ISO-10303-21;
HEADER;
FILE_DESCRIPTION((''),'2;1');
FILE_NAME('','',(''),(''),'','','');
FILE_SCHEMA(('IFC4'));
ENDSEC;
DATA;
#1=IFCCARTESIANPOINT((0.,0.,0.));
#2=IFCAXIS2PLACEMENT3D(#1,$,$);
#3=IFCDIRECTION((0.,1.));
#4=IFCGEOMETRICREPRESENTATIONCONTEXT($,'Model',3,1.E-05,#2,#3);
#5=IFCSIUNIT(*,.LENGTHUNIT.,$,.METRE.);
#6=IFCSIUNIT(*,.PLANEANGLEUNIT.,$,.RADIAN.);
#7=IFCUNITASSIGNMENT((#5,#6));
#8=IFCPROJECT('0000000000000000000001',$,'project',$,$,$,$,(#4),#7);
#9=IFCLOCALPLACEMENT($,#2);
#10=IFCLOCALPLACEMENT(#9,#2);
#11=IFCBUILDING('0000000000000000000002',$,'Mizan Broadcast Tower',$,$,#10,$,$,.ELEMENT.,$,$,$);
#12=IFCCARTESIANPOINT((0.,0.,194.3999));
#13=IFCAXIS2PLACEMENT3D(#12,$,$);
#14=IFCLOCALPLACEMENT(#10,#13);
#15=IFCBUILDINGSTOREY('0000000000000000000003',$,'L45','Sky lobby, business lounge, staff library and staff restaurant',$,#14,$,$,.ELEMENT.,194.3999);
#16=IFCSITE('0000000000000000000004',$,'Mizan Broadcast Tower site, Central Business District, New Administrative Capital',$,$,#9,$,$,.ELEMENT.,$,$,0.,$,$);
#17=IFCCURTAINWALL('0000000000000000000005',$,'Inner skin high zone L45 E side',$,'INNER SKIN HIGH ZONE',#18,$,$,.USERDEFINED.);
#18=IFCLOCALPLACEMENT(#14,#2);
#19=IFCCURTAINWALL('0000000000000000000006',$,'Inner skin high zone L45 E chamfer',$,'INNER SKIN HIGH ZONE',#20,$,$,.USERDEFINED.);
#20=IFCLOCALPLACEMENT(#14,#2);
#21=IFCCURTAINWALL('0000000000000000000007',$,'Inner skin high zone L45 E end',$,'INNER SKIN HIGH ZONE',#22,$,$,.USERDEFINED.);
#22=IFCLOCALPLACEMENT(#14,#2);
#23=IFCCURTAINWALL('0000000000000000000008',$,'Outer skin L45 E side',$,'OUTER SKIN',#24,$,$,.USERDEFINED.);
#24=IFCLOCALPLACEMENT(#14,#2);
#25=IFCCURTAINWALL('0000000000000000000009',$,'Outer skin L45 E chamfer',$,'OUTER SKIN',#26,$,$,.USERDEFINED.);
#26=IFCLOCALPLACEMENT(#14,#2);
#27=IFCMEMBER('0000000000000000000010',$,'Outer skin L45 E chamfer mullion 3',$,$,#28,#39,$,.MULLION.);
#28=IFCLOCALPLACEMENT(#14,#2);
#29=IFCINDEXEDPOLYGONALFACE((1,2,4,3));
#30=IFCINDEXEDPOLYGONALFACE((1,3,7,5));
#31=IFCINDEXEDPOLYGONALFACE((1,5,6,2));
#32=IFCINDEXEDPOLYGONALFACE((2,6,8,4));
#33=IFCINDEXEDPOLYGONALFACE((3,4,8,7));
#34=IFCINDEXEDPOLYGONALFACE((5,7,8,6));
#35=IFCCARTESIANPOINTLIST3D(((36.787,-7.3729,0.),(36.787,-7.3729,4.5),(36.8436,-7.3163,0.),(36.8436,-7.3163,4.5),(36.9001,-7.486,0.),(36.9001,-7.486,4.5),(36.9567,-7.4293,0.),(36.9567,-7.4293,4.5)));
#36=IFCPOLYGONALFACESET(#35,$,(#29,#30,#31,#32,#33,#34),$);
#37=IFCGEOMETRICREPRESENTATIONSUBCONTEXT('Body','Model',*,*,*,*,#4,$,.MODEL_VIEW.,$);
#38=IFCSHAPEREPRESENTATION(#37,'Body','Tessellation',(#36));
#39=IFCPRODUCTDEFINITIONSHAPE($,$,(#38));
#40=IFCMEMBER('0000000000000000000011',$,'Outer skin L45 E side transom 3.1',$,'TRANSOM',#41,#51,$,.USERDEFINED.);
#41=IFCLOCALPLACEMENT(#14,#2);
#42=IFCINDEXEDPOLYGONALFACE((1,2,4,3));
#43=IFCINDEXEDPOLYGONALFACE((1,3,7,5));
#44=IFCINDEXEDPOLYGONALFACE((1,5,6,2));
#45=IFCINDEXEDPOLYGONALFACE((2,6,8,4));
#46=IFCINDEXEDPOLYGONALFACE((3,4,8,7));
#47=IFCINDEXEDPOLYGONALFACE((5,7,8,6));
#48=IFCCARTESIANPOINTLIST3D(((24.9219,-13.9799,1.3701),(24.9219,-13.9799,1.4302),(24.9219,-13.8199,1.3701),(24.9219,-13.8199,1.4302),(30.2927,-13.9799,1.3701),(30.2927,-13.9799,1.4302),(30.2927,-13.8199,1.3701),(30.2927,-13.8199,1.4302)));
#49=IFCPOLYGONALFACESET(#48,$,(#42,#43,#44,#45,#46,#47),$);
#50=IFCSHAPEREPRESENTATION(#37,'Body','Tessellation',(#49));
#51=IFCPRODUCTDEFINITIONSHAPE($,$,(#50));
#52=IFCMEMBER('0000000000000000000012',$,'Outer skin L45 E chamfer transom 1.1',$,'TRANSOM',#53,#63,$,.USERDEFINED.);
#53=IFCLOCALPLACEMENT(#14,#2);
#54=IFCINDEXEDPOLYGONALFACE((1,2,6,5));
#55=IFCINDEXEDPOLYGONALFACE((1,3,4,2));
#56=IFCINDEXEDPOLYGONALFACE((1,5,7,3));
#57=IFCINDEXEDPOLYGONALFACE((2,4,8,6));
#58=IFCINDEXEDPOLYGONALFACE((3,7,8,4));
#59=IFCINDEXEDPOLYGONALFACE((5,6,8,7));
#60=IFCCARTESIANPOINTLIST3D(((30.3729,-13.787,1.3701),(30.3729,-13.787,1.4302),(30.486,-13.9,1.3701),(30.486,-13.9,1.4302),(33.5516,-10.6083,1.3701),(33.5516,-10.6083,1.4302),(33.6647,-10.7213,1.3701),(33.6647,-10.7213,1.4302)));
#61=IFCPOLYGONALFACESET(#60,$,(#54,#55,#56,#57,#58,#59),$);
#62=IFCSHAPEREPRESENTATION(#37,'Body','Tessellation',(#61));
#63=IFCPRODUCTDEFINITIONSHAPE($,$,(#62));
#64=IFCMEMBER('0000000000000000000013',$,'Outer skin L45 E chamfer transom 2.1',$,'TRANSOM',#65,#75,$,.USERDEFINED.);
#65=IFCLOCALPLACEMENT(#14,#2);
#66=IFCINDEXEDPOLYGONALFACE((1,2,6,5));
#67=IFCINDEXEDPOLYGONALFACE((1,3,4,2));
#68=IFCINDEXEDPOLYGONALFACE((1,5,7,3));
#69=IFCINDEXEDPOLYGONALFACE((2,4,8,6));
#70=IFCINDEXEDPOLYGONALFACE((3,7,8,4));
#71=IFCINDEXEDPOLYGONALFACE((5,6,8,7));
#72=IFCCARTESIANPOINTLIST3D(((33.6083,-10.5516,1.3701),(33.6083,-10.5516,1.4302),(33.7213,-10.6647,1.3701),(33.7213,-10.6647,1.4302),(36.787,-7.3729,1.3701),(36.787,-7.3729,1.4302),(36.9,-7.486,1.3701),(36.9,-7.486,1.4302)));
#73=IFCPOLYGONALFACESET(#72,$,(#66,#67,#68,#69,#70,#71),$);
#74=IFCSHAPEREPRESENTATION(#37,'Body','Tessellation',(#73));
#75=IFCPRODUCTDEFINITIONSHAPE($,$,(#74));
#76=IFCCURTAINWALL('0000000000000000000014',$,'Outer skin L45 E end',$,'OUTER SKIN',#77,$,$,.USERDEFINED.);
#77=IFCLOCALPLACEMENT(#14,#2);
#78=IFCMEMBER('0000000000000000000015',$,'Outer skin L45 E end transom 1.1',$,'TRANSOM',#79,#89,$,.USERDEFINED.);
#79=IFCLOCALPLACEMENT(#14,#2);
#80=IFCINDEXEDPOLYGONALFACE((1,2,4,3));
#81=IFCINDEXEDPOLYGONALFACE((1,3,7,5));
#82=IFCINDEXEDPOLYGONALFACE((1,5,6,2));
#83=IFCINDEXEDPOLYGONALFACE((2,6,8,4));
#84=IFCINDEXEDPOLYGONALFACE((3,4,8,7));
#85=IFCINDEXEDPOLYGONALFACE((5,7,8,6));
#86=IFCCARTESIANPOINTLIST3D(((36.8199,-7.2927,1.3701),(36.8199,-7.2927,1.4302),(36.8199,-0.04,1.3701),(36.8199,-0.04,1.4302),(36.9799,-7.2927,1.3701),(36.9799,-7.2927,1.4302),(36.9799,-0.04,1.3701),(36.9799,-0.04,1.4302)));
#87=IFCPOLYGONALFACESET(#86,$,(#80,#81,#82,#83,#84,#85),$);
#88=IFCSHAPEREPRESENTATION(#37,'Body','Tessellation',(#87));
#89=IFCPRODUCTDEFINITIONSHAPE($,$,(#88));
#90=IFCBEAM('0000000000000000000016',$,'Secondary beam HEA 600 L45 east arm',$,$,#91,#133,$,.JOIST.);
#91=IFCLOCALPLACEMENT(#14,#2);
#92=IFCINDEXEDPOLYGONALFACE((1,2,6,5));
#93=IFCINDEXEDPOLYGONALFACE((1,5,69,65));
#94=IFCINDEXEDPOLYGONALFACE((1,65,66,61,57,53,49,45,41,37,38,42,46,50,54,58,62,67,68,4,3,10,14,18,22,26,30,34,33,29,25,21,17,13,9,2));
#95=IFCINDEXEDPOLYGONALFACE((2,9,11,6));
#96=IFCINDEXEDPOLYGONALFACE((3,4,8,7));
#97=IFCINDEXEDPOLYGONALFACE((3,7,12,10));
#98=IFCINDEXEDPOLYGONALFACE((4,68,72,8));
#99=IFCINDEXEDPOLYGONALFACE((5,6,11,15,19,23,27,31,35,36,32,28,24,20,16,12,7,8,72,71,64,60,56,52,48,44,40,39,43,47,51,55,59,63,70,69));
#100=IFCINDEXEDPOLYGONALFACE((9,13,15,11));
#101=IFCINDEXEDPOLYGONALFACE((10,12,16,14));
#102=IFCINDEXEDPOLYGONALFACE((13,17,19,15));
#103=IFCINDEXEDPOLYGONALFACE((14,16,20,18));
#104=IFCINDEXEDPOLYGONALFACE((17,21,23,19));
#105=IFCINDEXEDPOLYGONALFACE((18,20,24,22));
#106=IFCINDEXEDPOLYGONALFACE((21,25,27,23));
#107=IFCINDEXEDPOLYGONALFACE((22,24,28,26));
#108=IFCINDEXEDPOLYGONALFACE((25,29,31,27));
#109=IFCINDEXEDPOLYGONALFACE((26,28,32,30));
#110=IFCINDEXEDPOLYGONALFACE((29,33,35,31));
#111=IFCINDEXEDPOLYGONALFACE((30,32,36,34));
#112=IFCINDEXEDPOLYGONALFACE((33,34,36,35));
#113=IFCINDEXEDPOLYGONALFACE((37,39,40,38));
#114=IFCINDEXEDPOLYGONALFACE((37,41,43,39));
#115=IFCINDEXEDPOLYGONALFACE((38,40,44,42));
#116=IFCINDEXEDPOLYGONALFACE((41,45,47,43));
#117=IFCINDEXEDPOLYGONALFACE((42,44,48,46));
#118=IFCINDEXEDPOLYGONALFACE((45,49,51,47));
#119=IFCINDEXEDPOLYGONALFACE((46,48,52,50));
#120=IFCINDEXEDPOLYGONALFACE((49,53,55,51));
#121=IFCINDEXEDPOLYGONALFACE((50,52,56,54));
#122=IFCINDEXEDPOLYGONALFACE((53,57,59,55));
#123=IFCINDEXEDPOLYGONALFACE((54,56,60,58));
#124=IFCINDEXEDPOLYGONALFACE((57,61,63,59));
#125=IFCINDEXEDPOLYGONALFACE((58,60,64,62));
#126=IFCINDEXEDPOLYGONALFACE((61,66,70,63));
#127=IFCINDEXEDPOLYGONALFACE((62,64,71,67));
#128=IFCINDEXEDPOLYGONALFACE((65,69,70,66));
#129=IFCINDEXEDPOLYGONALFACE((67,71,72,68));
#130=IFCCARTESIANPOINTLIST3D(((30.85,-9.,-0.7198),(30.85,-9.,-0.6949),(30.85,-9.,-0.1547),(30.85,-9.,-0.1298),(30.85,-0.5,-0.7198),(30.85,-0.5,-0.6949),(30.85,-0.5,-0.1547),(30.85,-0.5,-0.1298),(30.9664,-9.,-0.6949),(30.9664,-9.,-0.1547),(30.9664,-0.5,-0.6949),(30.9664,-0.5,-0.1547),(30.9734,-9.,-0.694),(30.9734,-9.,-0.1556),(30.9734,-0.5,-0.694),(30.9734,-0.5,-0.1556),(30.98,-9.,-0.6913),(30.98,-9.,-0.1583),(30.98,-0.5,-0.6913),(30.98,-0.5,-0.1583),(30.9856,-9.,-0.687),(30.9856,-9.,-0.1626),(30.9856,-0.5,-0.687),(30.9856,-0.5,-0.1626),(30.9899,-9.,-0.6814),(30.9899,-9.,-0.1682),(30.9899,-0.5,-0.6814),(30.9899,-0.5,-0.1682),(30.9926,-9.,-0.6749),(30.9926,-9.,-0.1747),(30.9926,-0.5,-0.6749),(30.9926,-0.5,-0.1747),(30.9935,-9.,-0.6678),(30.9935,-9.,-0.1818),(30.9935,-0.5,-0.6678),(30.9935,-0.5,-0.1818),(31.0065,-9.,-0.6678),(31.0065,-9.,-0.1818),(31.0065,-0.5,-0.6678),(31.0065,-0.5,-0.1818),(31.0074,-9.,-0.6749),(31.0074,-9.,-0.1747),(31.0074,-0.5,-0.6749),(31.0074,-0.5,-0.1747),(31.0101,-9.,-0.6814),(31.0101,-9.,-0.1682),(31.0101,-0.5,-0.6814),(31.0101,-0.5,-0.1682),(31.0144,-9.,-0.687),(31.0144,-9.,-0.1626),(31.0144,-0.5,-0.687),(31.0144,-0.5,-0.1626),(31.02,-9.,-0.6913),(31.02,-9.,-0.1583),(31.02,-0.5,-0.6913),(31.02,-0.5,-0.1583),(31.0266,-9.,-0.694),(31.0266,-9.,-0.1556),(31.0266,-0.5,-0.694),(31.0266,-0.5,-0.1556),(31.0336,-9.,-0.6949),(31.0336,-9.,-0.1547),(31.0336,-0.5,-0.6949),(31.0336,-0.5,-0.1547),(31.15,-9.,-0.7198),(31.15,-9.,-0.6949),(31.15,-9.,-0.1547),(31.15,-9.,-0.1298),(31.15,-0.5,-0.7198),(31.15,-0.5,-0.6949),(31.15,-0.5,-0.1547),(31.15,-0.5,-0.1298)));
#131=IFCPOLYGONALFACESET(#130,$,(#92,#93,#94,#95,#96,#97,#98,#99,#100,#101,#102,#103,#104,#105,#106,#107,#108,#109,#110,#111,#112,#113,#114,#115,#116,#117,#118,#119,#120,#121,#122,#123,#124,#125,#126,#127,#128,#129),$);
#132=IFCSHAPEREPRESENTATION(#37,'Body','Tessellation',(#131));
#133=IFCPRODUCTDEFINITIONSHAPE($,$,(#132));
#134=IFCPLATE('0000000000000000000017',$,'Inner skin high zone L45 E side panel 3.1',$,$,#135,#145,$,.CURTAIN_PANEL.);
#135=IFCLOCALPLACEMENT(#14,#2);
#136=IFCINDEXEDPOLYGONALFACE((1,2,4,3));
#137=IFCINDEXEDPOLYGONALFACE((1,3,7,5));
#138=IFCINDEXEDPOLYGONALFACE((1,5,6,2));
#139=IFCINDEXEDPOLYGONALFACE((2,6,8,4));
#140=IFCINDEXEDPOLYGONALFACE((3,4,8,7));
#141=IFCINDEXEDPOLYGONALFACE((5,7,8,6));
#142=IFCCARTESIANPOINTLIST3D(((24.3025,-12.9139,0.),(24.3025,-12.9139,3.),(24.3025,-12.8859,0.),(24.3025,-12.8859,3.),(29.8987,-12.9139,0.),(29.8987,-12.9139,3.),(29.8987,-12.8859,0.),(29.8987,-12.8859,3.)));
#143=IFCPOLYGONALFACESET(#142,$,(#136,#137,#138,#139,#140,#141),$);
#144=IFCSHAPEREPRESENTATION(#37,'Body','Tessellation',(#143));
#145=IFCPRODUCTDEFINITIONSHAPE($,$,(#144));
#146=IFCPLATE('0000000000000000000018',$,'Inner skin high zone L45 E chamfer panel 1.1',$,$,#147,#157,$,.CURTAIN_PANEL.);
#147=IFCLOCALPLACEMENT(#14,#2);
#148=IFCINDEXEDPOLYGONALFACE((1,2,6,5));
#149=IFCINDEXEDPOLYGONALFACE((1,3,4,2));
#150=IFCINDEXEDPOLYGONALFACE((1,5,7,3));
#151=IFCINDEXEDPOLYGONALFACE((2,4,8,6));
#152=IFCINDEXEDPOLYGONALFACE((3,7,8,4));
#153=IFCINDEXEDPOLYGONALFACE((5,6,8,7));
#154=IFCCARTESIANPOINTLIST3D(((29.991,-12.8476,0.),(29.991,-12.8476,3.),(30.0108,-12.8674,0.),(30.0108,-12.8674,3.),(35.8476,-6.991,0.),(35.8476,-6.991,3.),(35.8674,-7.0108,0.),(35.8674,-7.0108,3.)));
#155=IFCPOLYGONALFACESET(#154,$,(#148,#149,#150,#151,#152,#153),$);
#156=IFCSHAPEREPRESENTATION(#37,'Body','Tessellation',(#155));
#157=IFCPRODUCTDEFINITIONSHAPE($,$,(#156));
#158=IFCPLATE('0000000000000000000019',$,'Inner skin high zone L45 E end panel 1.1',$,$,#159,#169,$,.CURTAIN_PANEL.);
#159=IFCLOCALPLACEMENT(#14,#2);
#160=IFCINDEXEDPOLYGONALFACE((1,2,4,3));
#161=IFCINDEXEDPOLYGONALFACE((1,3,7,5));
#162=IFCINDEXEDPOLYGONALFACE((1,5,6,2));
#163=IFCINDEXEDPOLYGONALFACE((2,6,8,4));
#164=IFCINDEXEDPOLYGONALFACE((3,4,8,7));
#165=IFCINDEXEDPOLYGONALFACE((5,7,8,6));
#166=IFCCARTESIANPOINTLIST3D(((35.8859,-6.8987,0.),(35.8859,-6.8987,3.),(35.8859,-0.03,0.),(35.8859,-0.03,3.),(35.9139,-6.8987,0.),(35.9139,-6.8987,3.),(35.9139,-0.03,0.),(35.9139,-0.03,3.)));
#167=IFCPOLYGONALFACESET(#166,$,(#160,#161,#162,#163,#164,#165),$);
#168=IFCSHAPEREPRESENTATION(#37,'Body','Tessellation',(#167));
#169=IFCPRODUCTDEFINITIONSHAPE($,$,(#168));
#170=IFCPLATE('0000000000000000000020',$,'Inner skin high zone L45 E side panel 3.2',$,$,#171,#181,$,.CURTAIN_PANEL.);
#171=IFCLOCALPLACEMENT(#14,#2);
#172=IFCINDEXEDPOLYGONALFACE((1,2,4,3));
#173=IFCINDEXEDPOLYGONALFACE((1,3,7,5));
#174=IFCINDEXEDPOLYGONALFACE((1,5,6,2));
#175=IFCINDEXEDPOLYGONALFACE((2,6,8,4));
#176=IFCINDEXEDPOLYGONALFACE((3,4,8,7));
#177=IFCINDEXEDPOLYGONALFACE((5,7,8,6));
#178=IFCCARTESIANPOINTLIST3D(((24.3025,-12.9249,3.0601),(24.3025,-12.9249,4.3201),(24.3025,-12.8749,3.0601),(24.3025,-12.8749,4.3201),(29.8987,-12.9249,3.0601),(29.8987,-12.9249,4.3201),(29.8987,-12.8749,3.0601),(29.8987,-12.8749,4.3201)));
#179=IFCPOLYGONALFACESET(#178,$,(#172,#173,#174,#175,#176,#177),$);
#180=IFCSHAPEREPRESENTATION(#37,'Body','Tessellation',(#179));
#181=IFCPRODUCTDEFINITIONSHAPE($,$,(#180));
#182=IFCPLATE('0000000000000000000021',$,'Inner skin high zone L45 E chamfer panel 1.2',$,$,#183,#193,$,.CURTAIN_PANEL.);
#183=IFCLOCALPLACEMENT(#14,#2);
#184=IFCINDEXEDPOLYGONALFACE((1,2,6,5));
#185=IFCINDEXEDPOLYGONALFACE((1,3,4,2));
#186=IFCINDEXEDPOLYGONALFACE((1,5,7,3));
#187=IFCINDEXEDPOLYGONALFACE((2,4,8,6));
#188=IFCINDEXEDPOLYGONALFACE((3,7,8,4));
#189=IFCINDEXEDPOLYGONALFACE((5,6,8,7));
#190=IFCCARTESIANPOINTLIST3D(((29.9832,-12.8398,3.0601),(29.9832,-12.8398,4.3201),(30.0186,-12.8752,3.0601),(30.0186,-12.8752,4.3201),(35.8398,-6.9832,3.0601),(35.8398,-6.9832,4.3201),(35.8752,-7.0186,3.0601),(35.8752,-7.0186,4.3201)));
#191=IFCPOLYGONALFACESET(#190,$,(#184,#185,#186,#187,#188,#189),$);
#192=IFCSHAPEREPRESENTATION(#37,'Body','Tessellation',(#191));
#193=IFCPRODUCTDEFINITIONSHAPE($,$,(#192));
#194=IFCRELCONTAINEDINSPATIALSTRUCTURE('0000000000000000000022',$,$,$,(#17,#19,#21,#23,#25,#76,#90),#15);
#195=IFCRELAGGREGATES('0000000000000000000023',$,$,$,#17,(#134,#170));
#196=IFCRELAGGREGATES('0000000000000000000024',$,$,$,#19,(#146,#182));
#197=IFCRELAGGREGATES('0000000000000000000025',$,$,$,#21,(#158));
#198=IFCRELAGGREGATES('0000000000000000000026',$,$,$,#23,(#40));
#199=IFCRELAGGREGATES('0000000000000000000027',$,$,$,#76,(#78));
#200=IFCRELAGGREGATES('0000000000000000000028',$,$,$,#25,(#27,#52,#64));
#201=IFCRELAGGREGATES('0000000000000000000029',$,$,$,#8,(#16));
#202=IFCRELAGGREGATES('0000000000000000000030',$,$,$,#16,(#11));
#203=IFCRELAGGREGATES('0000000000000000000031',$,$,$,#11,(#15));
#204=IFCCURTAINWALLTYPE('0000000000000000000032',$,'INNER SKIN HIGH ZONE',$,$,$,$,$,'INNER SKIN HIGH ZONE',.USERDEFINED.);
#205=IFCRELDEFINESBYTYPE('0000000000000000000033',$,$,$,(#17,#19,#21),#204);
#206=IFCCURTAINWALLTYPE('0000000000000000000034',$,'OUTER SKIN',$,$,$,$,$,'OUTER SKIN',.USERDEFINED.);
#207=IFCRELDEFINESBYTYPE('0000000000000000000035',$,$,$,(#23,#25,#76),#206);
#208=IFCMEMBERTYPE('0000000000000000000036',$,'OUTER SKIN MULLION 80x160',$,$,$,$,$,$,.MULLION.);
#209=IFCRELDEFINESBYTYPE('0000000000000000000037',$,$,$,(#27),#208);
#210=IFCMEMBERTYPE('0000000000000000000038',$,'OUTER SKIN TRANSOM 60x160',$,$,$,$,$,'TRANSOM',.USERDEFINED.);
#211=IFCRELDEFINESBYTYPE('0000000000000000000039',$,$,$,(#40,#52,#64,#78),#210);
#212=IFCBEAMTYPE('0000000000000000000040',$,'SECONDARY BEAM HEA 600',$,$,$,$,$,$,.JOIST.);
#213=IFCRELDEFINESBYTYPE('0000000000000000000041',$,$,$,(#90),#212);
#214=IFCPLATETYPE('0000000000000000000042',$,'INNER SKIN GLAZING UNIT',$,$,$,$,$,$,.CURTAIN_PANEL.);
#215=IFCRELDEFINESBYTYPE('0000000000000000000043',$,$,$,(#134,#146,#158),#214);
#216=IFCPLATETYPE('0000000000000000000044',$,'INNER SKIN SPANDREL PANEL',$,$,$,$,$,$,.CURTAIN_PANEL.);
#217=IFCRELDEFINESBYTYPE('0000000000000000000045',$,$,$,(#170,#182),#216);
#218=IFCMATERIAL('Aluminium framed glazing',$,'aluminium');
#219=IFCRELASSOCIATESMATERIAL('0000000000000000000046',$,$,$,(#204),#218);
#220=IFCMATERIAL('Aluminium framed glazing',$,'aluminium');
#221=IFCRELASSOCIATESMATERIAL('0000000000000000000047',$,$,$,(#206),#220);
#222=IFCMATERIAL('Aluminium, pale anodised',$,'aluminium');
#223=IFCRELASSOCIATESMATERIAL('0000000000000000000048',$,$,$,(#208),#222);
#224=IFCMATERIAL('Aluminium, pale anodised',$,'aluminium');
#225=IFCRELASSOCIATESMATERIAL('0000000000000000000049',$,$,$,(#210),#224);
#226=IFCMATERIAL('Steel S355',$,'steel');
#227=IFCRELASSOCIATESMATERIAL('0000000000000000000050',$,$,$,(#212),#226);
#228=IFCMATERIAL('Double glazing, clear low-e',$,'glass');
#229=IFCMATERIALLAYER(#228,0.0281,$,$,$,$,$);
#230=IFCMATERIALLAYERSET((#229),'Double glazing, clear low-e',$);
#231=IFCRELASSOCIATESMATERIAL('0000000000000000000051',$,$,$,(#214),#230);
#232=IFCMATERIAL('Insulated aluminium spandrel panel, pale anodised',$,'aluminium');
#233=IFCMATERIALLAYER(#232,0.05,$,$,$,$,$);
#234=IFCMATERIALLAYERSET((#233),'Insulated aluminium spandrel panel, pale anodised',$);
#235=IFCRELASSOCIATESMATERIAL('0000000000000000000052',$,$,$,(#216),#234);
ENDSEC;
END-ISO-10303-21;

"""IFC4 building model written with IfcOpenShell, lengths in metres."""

from ifc_helpers import new_model, si_unit, direction, frame, origin, origin_2d, place, context, subcontext, project, spatial, rectangle, i_section, extrude, material, layer, layer_set, material_profile, profile_set, type_object, element, aggregate, save


model = new_model("IFC4")

# Units and contexts
model_context = context("Model", 3, precision=1e-05, world=origin(), true_north=direction((0.0, 1.0)))
body_context = subcontext(model_context, "Body", "Model", "MODEL_VIEW")
ifc_project = project(units=[si_unit("LENGTHUNIT", "METRE"), si_unit("PLANEANGLEUNIT", "RADIAN")], contexts=[model_context])

# Site, building, storey
site_placement = place(None, origin())
site = spatial("IfcSite", under=ifc_project, at=site_placement, Name="Mizan Broadcast Tower site, Central Business District, New Administrative Capital", CompositionType="ELEMENT", RefElevation=0.0)
building_placement = place(site_placement, origin())
building = spatial("IfcBuilding", under=site, at=building_placement, Name="Mizan Broadcast Tower", CompositionType="ELEMENT")
storey_placement = place(building_placement, frame((0.0, 0.0, 194.3999)))
storey = spatial("IfcBuildingStorey", under=building, at=storey_placement, Name="L45", Description="Sky lobby, business lounge, staff library and staff restaurant", CompositionType="ELEMENT", Elevation=194.3999)

# Curtain wall
ifc_material_1 = material(Name="Aluminium framed glazing", Category="aluminium")
curtain_wall_type_1 = type_object("IfcCurtainWallType", Name="INNER SKIN HIGH ZONE", ElementType="INNER SKIN HIGH ZONE", PredefinedType="USERDEFINED", material=ifc_material_1)
curtain_wall_1_placement = place(storey_placement, origin())
curtain_wall_1 = element("IfcCurtainWall", 1, at=curtain_wall_1_placement, inside=storey, type_object=curtain_wall_type_1, Name="Inner skin high zone L45 E side", ObjectType="INNER SKIN HIGH ZONE", PredefinedType="USERDEFINED")

# Curtain wall
curtain_wall_2_placement = place(storey_placement, origin())
curtain_wall_2 = element("IfcCurtainWall", 2, at=curtain_wall_2_placement, inside=storey, type_object=curtain_wall_type_1, Name="Inner skin high zone L45 E chamfer", ObjectType="INNER SKIN HIGH ZONE", PredefinedType="USERDEFINED")

# Curtain wall
curtain_wall_3_placement = place(storey_placement, origin())
curtain_wall_3 = element("IfcCurtainWall", 3, at=curtain_wall_3_placement, inside=storey, type_object=curtain_wall_type_1, Name="Inner skin high zone L45 E end", ObjectType="INNER SKIN HIGH ZONE", PredefinedType="USERDEFINED")

# Curtain walls, member
ifc_material_2 = material(Name="Aluminium framed glazing", Category="aluminium")
curtain_wall_type_2 = type_object("IfcCurtainWallType", Name="OUTER SKIN", ElementType="OUTER SKIN", PredefinedType="USERDEFINED", material=ifc_material_2)
curtain_wall_4_placement = place(storey_placement, origin())
curtain_wall_4 = element("IfcCurtainWall", 4, at=curtain_wall_4_placement, inside=storey, type_object=curtain_wall_type_2, Name="Outer skin L45 E side", ObjectType="OUTER SKIN", PredefinedType="USERDEFINED")
ifc_material_3 = material(Name="Aluminium, pale anodised", Category="aluminium")
ifc_material_profile_1 = material_profile(ifc_material_3, rectangle(XDim=0.1599, YDim=0.0801, at=origin_2d()), Name="MULLION 160x80")
ifc_profile_set_1 = profile_set([ifc_material_profile_1], Name="Aluminium, pale anodised")
member_type_1 = type_object("IfcMemberType", Name="OUTER SKIN MULLION 80x160", PredefinedType="MULLION", material=ifc_profile_set_1)
curtain_wall_5_placement = place(storey_placement, origin())
curtain_wall_5 = element("IfcCurtainWall", 5, at=curtain_wall_5_placement, inside=storey, type_object=curtain_wall_type_2, Name="Outer skin L45 E chamfer", ObjectType="OUTER SKIN", PredefinedType="USERDEFINED")
member_1_placement = place(storey_placement, frame((36.8718, -7.4011, 0.0), z_axis=(0.0, 0.0, 1.0), x_axis=(-0.707107, 0.707107, 0.0)))
member_1 = element("IfcMember", 6, at=member_1_placement, type_object=member_type_1, Name="Outer skin L45 E chamfer mullion 3", PredefinedType="MULLION", context=body_context, shape_type="SweptSolid", body=[
    extrude(rectangle(XDim=0.1599, YDim=0.0801, at=origin_2d()), origin(), (0.0, 0.0, 1.0), 4.5),
])

# Members
ifc_material_4 = material(Name="Aluminium, pale anodised", Category="aluminium")
ifc_material_profile_2 = material_profile(ifc_material_4, rectangle(XDim=0.1599, YDim=0.0601, at=origin_2d()), Name="TRANSOM 160x60")
ifc_profile_set_2 = profile_set([ifc_material_profile_2], Name="Aluminium, pale anodised")
member_type_2 = type_object("IfcMemberType", Name="OUTER SKIN TRANSOM 60x160", ElementType="TRANSOM", PredefinedType="USERDEFINED", material=ifc_profile_set_2)
member_2_placement = place(storey_placement, frame((24.9219, -13.8999, 1.4001), z_axis=(1.0, 0.0, 0.0), x_axis=(0.0, 1.0, 0.0)))
member_2 = element("IfcMember", 7, at=member_2_placement, type_object=member_type_2, Name="Outer skin L45 E side transom 3.1", ObjectType="TRANSOM", PredefinedType="USERDEFINED", context=body_context, shape_type="SweptSolid", body=[
    extrude(rectangle(XDim=0.1599, YDim=0.0601, at=origin_2d()), origin(), (0.0, 0.0, 1.0), 5.3708),
])
member_3_placement = place(storey_placement, frame((30.4294, -13.8435, 1.4001), z_axis=(0.707107, 0.707107, 0.0), x_axis=(-0.707107, 0.707107, 0.0)))
member_3 = element("IfcMember", 8, at=member_3_placement, type_object=member_type_2, Name="Outer skin L45 E chamfer transom 1.1", ObjectType="TRANSOM", PredefinedType="USERDEFINED", context=body_context, shape_type="SweptSolid", body=[
    extrude(rectangle(XDim=0.1599, YDim=0.0601, at=origin_2d()), origin(), (0.0, 0.0, 1.0), 4.4954),
])
member_4_placement = place(storey_placement, frame((33.6648, -10.6082, 1.4001), z_axis=(0.707107, 0.707107, 0.0), x_axis=(-0.707107, 0.707107, 0.0)))
member_4 = element("IfcMember", 9, at=member_4_placement, type_object=member_type_2, Name="Outer skin L45 E chamfer transom 2.1", ObjectType="TRANSOM", PredefinedType="USERDEFINED", context=body_context, shape_type="SweptSolid", body=[
    extrude(rectangle(XDim=0.1599, YDim=0.0601, at=origin_2d()), origin(), (0.0, 0.0, 1.0), 4.4954),
])

# Curtain wall, member
curtain_wall_6_placement = place(storey_placement, origin())
curtain_wall_6 = element("IfcCurtainWall", 10, at=curtain_wall_6_placement, inside=storey, type_object=curtain_wall_type_2, Name="Outer skin L45 E end", ObjectType="OUTER SKIN", PredefinedType="USERDEFINED")
member_5_placement = place(storey_placement, frame((36.8999, -7.2927, 1.4001), z_axis=(0.0, 1.0, 0.0), x_axis=(-1.0, 0.0, 0.0)))
member_5 = element("IfcMember", 11, at=member_5_placement, type_object=member_type_2, Name="Outer skin L45 E end transom 1.1", ObjectType="TRANSOM", PredefinedType="USERDEFINED", context=body_context, shape_type="SweptSolid", body=[
    extrude(rectangle(XDim=0.1599, YDim=0.0601, at=origin_2d()), origin(), (0.0, 0.0, 1.0), 7.2527),
])

# Beam
ifc_material_5 = material(Name="Steel S355", Category="steel")
ifc_material_profile_3 = material_profile(ifc_material_5, i_section(OverallWidth=0.3, OverallDepth=0.5901, WebThickness=0.0129, FlangeThickness=0.0249, FilletRadius=0.0271, at=origin_2d()), Name="HEA 600")
ifc_profile_set_3 = profile_set([ifc_material_profile_3], Name="Steel S355")
beam_type_1 = type_object("IfcBeamType", Name="SECONDARY BEAM HEA 600", PredefinedType="JOIST", material=ifc_profile_set_3)
beam_1_placement = place(storey_placement, frame((31.0, -9.0, -0.4248), z_axis=(0.0, 1.0, 0.0), x_axis=(-1.0, 0.0, 0.0)))
element("IfcBeam", 12, at=beam_1_placement, inside=storey, type_object=beam_type_1, Name="Secondary beam HEA 600 L45 east arm", PredefinedType="JOIST", context=body_context, shape_type="SweptSolid", body=[
    extrude(i_section(OverallWidth=0.3, OverallDepth=0.5901, WebThickness=0.0129, FlangeThickness=0.0249, FilletRadius=0.0271, at=origin_2d()), origin(), (0.0, 0.0, 1.0), 8.5),
])

# Plates
ifc_material_6 = material(Name="Double glazing, clear low-e", Category="glass")
ifc_layer_1 = layer(ifc_material_6, 0.0281)
ifc_layer_set_1 = layer_set([ifc_layer_1], Name="Double glazing, clear low-e")
plate_type_1 = type_object("IfcPlateType", Name="INNER SKIN GLAZING UNIT", PredefinedType="CURTAIN_PANEL", material=ifc_layer_set_1)
plate_1_placement = place(storey_placement, frame((27.1006, -12.8999, 0.0), z_axis=(0.0, 0.0, 1.0), x_axis=(1.0, 0.0, 0.0)))
plate_1 = element("IfcPlate", 13, at=plate_1_placement, type_object=plate_type_1, Name="Inner skin high zone L45 E side panel 3.1", PredefinedType="CURTAIN_PANEL", context=body_context, shape_type="SweptSolid", body=[
    extrude(rectangle(XDim=5.5962, YDim=0.0281, at=origin_2d()), origin(), (0.0, 0.0, 1.0), 3.0),
])
plate_2_placement = place(storey_placement, frame((32.9292, -9.9292, 0.0), z_axis=(0.0, 0.0, 1.0), x_axis=(0.707107, 0.707107, 0.0)))
plate_2 = element("IfcPlate", 14, at=plate_2_placement, type_object=plate_type_1, Name="Inner skin high zone L45 E chamfer panel 1.1", PredefinedType="CURTAIN_PANEL", context=body_context, shape_type="SweptSolid", body=[
    extrude(rectangle(XDim=8.2825, YDim=0.0281, at=origin_2d()), origin(), (0.0, 0.0, 1.0), 3.0),
])
plate_3_placement = place(storey_placement, frame((35.8999, -3.4644, 0.0), z_axis=(0.0, 0.0, 1.0), x_axis=(0.0, 1.0, 0.0)))
plate_3 = element("IfcPlate", 15, at=plate_3_placement, type_object=plate_type_1, Name="Inner skin high zone L45 E end panel 1.1", PredefinedType="CURTAIN_PANEL", context=body_context, shape_type="SweptSolid", body=[
    extrude(rectangle(XDim=6.8687, YDim=0.0281, at=origin_2d()), origin(), (0.0, 0.0, 1.0), 3.0),
])
ifc_material_7 = material(Name="Insulated aluminium spandrel panel, pale anodised", Category="aluminium")
ifc_layer_2 = layer(ifc_material_7, 0.05)
ifc_layer_set_2 = layer_set([ifc_layer_2], Name="Insulated aluminium spandrel panel, pale anodised")
plate_type_2 = type_object("IfcPlateType", Name="INNER SKIN SPANDREL PANEL", PredefinedType="CURTAIN_PANEL", material=ifc_layer_set_2)
plate_4_placement = place(storey_placement, frame((27.1006, -12.8999, 3.0601), z_axis=(0.0, 0.0, 1.0), x_axis=(1.0, 0.0, 0.0)))
plate_4 = element("IfcPlate", 16, at=plate_4_placement, type_object=plate_type_2, Name="Inner skin high zone L45 E side panel 3.2", PredefinedType="CURTAIN_PANEL", context=body_context, shape_type="SweptSolid", body=[
    extrude(rectangle(XDim=5.5962, YDim=0.05, at=origin_2d()), origin(), (0.0, 0.0, 1.0), 1.26),
])
aggregate(curtain_wall_1, [plate_1, plate_4])
plate_5_placement = place(storey_placement, frame((32.9292, -9.9292, 3.0601), z_axis=(0.0, 0.0, 1.0), x_axis=(0.707107, 0.707107, 0.0)))
plate_5 = element("IfcPlate", 17, at=plate_5_placement, type_object=plate_type_2, Name="Inner skin high zone L45 E chamfer panel 1.2", PredefinedType="CURTAIN_PANEL", context=body_context, shape_type="SweptSolid", body=[
    extrude(rectangle(XDim=8.2825, YDim=0.05, at=origin_2d()), origin(), (0.0, 0.0, 1.0), 1.26),
])
aggregate(curtain_wall_2, [plate_2, plate_5])
aggregate(curtain_wall_3, [plate_3])
aggregate(curtain_wall_4, [member_2])
aggregate(curtain_wall_6, [member_5])
aggregate(curtain_wall_5, [member_1, member_3, member_4])

save(model, "model.ifc")
